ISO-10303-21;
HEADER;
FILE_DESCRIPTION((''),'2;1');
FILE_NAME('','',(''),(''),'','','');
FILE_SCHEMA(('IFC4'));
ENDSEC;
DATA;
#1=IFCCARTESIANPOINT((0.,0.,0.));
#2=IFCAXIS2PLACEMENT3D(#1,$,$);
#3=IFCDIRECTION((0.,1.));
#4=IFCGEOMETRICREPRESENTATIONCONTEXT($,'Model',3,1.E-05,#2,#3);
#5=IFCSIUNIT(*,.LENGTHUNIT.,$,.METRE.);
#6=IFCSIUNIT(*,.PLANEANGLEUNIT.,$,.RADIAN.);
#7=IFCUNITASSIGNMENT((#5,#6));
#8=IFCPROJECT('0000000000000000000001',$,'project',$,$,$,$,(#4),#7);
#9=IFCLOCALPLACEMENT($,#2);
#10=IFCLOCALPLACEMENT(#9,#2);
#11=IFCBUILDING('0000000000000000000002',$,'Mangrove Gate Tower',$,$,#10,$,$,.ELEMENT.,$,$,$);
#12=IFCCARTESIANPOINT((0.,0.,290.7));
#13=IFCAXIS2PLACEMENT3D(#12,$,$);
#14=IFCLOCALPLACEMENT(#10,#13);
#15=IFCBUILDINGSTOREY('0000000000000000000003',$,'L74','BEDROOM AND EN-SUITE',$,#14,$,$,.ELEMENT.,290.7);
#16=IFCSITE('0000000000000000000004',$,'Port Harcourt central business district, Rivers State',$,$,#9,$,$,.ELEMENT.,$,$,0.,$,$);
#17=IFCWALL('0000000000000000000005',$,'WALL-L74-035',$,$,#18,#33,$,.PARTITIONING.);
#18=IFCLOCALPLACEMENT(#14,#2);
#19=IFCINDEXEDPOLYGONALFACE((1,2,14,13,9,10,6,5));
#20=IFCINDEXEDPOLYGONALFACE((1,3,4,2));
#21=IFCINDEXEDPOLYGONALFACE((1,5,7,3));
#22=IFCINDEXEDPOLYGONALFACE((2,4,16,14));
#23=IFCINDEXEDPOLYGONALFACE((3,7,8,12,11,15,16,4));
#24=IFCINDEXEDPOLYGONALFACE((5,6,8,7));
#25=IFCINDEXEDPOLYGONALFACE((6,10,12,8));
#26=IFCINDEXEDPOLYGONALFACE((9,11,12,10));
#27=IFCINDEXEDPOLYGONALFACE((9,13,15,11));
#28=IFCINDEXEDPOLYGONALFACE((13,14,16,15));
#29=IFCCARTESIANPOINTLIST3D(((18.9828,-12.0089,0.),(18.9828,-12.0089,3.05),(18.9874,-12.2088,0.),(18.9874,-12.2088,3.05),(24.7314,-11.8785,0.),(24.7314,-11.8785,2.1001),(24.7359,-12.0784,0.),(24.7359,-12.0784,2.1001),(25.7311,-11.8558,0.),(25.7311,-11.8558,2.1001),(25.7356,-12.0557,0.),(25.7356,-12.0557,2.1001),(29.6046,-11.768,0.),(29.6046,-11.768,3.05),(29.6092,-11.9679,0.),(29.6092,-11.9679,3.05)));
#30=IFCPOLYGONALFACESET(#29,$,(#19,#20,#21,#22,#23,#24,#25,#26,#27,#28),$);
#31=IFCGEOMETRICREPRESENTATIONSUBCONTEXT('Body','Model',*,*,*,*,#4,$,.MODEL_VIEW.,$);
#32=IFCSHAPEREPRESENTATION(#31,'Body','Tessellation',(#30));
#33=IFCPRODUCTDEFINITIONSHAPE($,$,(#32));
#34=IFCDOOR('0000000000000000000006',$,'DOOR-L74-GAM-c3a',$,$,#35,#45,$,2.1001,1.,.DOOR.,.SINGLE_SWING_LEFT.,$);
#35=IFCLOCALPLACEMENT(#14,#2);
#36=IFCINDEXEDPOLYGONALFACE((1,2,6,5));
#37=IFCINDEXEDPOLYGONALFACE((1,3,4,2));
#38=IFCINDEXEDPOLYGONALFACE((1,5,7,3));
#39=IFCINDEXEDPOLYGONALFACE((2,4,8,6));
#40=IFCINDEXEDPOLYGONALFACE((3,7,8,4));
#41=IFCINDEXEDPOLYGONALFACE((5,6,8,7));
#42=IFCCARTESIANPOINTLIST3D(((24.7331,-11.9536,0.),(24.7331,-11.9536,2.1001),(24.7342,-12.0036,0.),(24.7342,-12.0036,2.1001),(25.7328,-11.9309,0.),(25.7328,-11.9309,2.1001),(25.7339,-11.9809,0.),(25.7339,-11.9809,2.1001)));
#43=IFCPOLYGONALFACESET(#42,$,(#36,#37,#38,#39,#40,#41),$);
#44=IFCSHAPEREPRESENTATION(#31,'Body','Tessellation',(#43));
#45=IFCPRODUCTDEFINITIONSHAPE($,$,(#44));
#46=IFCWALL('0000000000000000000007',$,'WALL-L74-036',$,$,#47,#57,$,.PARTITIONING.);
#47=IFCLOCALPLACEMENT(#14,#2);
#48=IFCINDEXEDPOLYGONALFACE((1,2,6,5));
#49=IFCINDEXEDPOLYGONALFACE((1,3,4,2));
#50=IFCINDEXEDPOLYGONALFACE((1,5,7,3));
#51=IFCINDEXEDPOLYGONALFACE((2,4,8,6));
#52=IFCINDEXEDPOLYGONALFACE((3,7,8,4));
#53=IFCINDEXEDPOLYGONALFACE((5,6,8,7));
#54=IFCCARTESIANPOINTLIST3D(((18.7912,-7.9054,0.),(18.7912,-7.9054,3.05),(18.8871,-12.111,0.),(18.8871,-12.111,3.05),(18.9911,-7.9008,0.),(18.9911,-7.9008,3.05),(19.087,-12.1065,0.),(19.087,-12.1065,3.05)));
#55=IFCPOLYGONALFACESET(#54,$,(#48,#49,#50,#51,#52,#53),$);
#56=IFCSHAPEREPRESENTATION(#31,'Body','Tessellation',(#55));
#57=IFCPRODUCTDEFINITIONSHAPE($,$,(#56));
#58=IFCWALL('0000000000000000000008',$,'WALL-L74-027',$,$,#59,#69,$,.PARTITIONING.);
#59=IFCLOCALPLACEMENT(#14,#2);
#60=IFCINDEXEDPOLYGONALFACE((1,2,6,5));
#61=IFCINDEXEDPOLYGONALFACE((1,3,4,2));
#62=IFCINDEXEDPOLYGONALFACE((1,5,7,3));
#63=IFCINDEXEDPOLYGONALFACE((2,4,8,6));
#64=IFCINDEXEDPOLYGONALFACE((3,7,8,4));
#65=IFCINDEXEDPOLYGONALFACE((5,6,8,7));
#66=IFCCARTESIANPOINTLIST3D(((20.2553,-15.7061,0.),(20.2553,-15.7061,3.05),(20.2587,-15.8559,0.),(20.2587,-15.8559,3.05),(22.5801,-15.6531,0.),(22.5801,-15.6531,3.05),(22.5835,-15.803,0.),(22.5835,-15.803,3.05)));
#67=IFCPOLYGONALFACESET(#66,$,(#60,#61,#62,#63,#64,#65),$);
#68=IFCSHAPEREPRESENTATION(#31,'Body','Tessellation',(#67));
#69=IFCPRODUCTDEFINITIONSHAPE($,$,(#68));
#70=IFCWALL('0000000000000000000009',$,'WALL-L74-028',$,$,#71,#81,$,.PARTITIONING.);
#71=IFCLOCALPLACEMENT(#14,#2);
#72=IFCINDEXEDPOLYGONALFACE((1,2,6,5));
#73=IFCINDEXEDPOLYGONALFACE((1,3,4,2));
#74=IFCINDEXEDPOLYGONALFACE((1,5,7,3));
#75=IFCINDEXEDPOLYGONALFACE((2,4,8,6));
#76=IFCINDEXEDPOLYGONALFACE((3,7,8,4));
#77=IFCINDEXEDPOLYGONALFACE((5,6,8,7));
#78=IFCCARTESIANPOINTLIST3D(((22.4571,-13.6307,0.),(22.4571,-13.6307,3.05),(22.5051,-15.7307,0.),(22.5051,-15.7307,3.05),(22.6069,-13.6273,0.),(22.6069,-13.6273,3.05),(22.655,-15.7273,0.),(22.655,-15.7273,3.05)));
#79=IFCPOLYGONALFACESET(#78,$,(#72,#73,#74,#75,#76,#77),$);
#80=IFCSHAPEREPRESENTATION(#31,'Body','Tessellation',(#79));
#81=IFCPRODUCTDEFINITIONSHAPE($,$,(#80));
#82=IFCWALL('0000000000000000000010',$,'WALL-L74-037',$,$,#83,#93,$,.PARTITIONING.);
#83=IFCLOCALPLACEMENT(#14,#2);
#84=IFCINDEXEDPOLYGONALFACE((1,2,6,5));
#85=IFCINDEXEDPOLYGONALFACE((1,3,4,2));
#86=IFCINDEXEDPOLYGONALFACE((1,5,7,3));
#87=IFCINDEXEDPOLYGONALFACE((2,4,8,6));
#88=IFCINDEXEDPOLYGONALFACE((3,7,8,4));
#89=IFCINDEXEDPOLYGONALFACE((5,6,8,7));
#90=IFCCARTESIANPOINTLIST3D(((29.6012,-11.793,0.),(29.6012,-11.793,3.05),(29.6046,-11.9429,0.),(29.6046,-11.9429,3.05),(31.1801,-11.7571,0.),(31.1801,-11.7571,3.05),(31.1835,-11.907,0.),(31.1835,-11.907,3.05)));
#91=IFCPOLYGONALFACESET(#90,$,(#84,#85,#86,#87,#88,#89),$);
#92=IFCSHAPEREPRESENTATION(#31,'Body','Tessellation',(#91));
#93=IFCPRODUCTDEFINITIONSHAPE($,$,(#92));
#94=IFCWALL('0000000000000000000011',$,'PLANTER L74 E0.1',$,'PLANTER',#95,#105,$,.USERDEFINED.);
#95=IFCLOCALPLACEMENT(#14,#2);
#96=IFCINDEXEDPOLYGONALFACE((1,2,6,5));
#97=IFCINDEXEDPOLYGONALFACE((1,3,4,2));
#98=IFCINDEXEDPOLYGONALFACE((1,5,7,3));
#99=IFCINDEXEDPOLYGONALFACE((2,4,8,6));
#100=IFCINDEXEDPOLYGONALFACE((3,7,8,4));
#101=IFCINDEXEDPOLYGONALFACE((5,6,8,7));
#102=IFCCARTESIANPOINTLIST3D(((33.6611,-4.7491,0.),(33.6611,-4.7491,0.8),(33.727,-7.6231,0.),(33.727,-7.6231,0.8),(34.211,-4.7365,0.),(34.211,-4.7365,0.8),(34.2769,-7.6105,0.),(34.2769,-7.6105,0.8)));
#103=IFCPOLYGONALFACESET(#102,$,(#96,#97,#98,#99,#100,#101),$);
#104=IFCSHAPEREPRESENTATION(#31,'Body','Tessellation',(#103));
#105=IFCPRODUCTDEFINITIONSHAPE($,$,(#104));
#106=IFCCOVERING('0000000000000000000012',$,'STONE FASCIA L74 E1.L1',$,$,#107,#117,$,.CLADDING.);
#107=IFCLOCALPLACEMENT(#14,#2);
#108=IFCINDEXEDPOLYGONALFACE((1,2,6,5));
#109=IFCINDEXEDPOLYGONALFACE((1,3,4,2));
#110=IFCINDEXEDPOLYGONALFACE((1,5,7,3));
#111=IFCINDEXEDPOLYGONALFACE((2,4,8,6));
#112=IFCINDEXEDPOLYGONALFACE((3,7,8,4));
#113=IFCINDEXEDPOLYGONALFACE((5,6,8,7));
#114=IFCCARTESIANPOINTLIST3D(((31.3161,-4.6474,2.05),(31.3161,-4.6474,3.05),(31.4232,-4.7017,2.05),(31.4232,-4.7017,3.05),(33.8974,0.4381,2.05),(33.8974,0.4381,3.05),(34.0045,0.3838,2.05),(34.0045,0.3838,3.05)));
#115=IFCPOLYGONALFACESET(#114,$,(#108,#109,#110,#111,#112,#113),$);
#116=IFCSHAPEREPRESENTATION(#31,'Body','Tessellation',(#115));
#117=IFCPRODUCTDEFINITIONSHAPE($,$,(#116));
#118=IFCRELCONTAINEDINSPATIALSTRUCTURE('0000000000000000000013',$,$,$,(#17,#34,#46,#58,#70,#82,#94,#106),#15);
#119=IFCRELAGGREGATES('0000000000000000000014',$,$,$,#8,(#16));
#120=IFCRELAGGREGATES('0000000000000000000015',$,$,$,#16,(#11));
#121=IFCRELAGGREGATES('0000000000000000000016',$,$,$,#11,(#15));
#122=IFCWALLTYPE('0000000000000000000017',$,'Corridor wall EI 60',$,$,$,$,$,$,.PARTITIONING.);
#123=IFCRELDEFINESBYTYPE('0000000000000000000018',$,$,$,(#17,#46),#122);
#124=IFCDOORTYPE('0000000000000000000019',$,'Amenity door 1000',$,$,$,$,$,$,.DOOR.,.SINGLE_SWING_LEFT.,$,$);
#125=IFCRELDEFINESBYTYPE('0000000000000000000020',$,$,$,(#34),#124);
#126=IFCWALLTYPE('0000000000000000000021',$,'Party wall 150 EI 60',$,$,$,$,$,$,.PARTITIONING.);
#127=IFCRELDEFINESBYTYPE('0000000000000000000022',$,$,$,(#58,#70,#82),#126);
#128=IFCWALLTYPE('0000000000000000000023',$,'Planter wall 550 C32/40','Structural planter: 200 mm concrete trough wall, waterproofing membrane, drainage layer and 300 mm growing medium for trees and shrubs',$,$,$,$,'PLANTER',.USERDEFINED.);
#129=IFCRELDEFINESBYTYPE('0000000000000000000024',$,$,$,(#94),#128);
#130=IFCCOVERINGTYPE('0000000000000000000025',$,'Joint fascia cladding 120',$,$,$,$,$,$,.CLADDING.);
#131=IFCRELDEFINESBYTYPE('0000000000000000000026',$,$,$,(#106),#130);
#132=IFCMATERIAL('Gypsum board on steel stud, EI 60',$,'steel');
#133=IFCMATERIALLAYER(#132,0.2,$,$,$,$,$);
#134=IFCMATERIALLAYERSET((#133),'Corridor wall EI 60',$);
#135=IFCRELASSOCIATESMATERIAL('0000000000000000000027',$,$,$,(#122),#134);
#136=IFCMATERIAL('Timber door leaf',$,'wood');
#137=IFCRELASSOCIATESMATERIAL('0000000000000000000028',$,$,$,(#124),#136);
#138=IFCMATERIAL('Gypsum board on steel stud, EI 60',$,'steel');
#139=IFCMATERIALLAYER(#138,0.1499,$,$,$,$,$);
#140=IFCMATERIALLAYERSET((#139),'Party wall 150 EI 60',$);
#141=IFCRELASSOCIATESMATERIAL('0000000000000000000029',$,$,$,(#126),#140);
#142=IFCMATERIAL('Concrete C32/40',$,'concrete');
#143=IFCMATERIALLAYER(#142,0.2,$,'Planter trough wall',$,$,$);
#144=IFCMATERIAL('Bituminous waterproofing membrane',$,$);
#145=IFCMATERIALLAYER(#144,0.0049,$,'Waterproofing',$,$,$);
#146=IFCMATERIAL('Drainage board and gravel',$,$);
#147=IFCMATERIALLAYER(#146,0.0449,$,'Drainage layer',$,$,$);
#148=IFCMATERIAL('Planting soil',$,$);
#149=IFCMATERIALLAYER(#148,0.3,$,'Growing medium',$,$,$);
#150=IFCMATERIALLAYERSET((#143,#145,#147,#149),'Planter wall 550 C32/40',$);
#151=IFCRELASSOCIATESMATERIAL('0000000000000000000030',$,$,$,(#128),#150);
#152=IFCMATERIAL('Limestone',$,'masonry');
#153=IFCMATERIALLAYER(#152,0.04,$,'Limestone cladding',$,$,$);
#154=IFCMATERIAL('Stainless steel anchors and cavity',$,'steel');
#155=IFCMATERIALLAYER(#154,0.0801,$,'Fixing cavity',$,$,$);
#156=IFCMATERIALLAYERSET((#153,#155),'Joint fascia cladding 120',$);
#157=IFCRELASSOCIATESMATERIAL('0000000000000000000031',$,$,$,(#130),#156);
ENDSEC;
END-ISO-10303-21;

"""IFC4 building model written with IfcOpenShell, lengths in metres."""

from ifc_helpers import new_model, si_unit, direction, frame, frame_2d, origin, place, context, subcontext, project, spatial, rectangle, extrude, material, layer, layer_set, type_object, element, fill, save


model = new_model("IFC4")

# Units and contexts
model_context = context("Model", 3, precision=1e-05, world=origin(), true_north=direction((0.0, 1.0)))
body_context = subcontext(model_context, "Body", "Model", "MODEL_VIEW")
ifc_project = project(units=[si_unit("LENGTHUNIT", "METRE"), si_unit("PLANEANGLEUNIT", "RADIAN")], contexts=[model_context])

# Site, building, storey
site_placement = place(None, origin())
site = spatial("IfcSite", under=ifc_project, at=site_placement, Name="Port Harcourt central business district, Rivers State", CompositionType="ELEMENT", RefElevation=0.0)
building_placement = place(site_placement, origin())
building = spatial("IfcBuilding", under=site, at=building_placement, Name="Mangrove Gate Tower", CompositionType="ELEMENT")
storey_placement = place(building_placement, frame((0.0, 0.0, 290.7)))
storey = spatial("IfcBuildingStorey", under=building, at=storey_placement, Name="L74", Description="BEDROOM AND EN-SUITE", CompositionType="ELEMENT", Elevation=290.7)

# Shared definitions
ifc_material_1 = material(Name="Gypsum board on steel stud, EI 60", Category="steel")
ifc_layer_1 = layer(ifc_material_1, 0.2)
ifc_layer_set_1 = layer_set([ifc_layer_1], Name="Corridor wall EI 60")
wall_type_1 = type_object("IfcWallType", Name="Corridor wall EI 60", PredefinedType="PARTITIONING", material=ifc_layer_set_1)

# Wall, opening, door
wall_1_placement = place(storey_placement, frame((18.9851, -12.1089, 0.0), z_axis=(0.0, 0.0, 1.0), x_axis=(0.999743, 0.02268, 0.0)))
wall_1 = element("IfcWall", 1, at=wall_1_placement, inside=storey, type_object=wall_type_1, Name="WALL-L74-035", PredefinedType="PARTITIONING", context=body_context, shape_type="SweptSolid", body=[
    extrude(rectangle(XDim=10.6245, YDim=0.2, at=frame_2d((5.3123, 0.0))), origin(), (0.0, 0.0, 1.0), 3.05),
])
opening_1_placement = place(wall_1_placement, frame((5.75, 0.0, 0.0)))
opening_1 = element("IfcOpeningElement", 2, at=opening_1_placement, cuts=wall_1, PredefinedType="OPENING", context=body_context, shape_type="SweptSolid", body=[
    extrude(rectangle(XDim=1.0, YDim=2.1001, at=frame_2d((0.5, 1.05))), frame((0.0, 0.1099, 0.0), z_axis=(0.0, -1.0, 0.0), x_axis=(1.0, 0.0, 0.0)), (0.0, 0.0, 1.0), 0.22),
])
ifc_material_2 = material(Name="Timber door leaf", Category="wood")
door_type_1 = type_object("IfcDoorType", Name="Amenity door 1000", OperationType="SINGLE_SWING_LEFT", PredefinedType="DOOR", material=ifc_material_2)
door_1_placement = place(opening_1_placement, origin())
door_1 = element("IfcDoor", 3, at=door_1_placement, inside=storey, type_object=door_type_1, Name="DOOR-L74-GAM-c3a", OperationType="SINGLE_SWING_LEFT", OverallHeight=2.1001, OverallWidth=1.0, PredefinedType="DOOR", context=body_context, shape_type="SweptSolid", body=[
    extrude(rectangle(XDim=1.0, YDim=2.1001, at=frame_2d((0.5, 1.05))), frame((0.0, 0.0249, 0.0), z_axis=(0.0, -1.0, 0.0), x_axis=(1.0, 0.0, 0.0)), (0.0, 0.0, 1.0), 0.05),
])
fill(opening_1, door_1)

# Walls
wall_2_placement = place(storey_placement, frame((18.9871, -12.1089, 0.0), z_axis=(0.0, 0.0, 1.0), x_axis=(-0.022807, 0.99974, 0.0)))
element("IfcWall", 4, at=wall_2_placement, inside=storey, type_object=wall_type_1, Name="WALL-L74-036", PredefinedType="PARTITIONING", context=body_context, shape_type="SweptSolid", body=[
    extrude(rectangle(XDim=4.2068, YDim=0.2, at=frame_2d((2.1035, 0.0))), origin(), (0.0, 0.0, 1.0), 3.05),
])
ifc_material_3 = material(Name="Gypsum board on steel stud, EI 60", Category="steel")
ifc_layer_2 = layer(ifc_material_3, 0.1499)
ifc_layer_set_2 = layer_set([ifc_layer_2], Name="Party wall 150 EI 60")
wall_type_2 = type_object("IfcWallType", Name="Party wall 150 EI 60", PredefinedType="PARTITIONING", material=ifc_layer_set_2)
wall_3_placement = place(storey_placement, frame((20.2571, -15.781, 0.0), z_axis=(0.0, 0.0, 1.0), x_axis=(0.99974, 0.022781, 0.0)))
element("IfcWall", 5, at=wall_3_placement, inside=storey, type_object=wall_type_2, Name="WALL-L74-027", PredefinedType="PARTITIONING", context=body_context, shape_type="SweptSolid", body=[
    extrude(rectangle(XDim=2.3254, YDim=0.1499, at=frame_2d((1.1626, 0.0))), origin(), (0.0, 0.0, 1.0), 3.05),
])
wall_4_placement = place(storey_placement, frame((22.5801, -15.729, 0.0), z_axis=(0.0, 0.0, 1.0), x_axis=(-0.022896, 0.999738, 0.0)))
element("IfcWall", 6, at=wall_4_placement, inside=storey, type_object=wall_type_2, Name="WALL-L74-028", PredefinedType="PARTITIONING", context=body_context, shape_type="SweptSolid", body=[
    extrude(rectangle(XDim=2.1006, YDim=0.1499, at=frame_2d((1.0503, 0.0))), origin(), (0.0, 0.0, 1.0), 3.05),
])
wall_5_placement = place(storey_placement, frame((29.603, -11.8679, 0.0), z_axis=(0.0, 0.0, 1.0), x_axis=(0.999742, 0.022725, 0.0)))
element("IfcWall", 7, at=wall_5_placement, inside=storey, type_object=wall_type_2, Name="WALL-L74-037", PredefinedType="PARTITIONING", context=body_context, shape_type="SweptSolid", body=[
    extrude(rectangle(XDim=1.5793, YDim=0.1499, at=frame_2d((0.7896, 0.0))), origin(), (0.0, 0.0, 1.0), 3.05),
])
ifc_material_4 = material(Name="Concrete C32/40", Category="concrete")
ifc_layer_3 = layer(ifc_material_4, 0.2, Name="Planter trough wall")
ifc_material_5 = material(Name="Bituminous waterproofing membrane")
ifc_layer_4 = layer(ifc_material_5, 0.0049, Name="Waterproofing")
ifc_material_6 = material(Name="Drainage board and gravel")
ifc_layer_5 = layer(ifc_material_6, 0.0449, Name="Drainage layer")
ifc_material_7 = material(Name="Planting soil")
ifc_layer_6 = layer(ifc_material_7, 0.3, Name="Growing medium")
ifc_layer_set_3 = layer_set([ifc_layer_3, ifc_layer_4, ifc_layer_5, ifc_layer_6], Name="Planter wall 550 C32/40")
wall_type_3 = type_object("IfcWallType", Name="Planter wall 550 C32/40", Description="Structural planter: 200 mm concrete trough wall, waterproofing membrane, drainage layer and 300 mm growing medium for trees and shrubs", ElementType="PLANTER", PredefinedType="USERDEFINED", material=ifc_layer_set_3)
wall_6_placement = place(storey_placement, frame((34.002, -7.6169, 0.0), z_axis=(0.0, 0.0, 1.0), x_axis=(-0.02293, 0.999737, 0.0)))
element("IfcWall", 8, at=wall_6_placement, inside=storey, type_object=wall_type_3, Name="PLANTER L74 E0.1", ObjectType="PLANTER", PredefinedType="USERDEFINED", context=body_context, shape_type="SweptSolid", body=[
    extrude(rectangle(XDim=2.8748, YDim=0.55, at=frame_2d((1.4375, 0.0))), origin(), (0.0, 0.0, 1.0), 0.8),
])

# Covering
ifc_material_8 = material(Name="Limestone", Category="masonry")
ifc_layer_7 = layer(ifc_material_8, 0.04, Name="Limestone cladding")
ifc_material_9 = material(Name="Stainless steel anchors and cavity", Category="steel")
ifc_layer_8 = layer(ifc_material_9, 0.0801, Name="Fixing cavity")
ifc_layer_set_4 = layer_set([ifc_layer_7, ifc_layer_8], Name="Joint fascia cladding 120")
covering_type = type_object("IfcCoveringType", Name="Joint fascia cladding 120", PredefinedType="CLADDING", material=ifc_layer_set_4)
covering_placement = place(storey_placement, frame((31.3696, -4.6746, 2.05), z_axis=(0.0, 0.0, 1.0), x_axis=(0.452616, 0.891705, 0.0)))
element("IfcCovering", 9, at=covering_placement, inside=storey, type_object=covering_type, Name="STONE FASCIA L74 E1.L1", PredefinedType="CLADDING", context=body_context, shape_type="SweptSolid", body=[
    extrude(rectangle(XDim=5.7031, YDim=0.1201, at=frame_2d((2.8516, 0.0))), origin(), (0.0, 0.0, 1.0), 1.0),
])

save(model, "model.ifc")
